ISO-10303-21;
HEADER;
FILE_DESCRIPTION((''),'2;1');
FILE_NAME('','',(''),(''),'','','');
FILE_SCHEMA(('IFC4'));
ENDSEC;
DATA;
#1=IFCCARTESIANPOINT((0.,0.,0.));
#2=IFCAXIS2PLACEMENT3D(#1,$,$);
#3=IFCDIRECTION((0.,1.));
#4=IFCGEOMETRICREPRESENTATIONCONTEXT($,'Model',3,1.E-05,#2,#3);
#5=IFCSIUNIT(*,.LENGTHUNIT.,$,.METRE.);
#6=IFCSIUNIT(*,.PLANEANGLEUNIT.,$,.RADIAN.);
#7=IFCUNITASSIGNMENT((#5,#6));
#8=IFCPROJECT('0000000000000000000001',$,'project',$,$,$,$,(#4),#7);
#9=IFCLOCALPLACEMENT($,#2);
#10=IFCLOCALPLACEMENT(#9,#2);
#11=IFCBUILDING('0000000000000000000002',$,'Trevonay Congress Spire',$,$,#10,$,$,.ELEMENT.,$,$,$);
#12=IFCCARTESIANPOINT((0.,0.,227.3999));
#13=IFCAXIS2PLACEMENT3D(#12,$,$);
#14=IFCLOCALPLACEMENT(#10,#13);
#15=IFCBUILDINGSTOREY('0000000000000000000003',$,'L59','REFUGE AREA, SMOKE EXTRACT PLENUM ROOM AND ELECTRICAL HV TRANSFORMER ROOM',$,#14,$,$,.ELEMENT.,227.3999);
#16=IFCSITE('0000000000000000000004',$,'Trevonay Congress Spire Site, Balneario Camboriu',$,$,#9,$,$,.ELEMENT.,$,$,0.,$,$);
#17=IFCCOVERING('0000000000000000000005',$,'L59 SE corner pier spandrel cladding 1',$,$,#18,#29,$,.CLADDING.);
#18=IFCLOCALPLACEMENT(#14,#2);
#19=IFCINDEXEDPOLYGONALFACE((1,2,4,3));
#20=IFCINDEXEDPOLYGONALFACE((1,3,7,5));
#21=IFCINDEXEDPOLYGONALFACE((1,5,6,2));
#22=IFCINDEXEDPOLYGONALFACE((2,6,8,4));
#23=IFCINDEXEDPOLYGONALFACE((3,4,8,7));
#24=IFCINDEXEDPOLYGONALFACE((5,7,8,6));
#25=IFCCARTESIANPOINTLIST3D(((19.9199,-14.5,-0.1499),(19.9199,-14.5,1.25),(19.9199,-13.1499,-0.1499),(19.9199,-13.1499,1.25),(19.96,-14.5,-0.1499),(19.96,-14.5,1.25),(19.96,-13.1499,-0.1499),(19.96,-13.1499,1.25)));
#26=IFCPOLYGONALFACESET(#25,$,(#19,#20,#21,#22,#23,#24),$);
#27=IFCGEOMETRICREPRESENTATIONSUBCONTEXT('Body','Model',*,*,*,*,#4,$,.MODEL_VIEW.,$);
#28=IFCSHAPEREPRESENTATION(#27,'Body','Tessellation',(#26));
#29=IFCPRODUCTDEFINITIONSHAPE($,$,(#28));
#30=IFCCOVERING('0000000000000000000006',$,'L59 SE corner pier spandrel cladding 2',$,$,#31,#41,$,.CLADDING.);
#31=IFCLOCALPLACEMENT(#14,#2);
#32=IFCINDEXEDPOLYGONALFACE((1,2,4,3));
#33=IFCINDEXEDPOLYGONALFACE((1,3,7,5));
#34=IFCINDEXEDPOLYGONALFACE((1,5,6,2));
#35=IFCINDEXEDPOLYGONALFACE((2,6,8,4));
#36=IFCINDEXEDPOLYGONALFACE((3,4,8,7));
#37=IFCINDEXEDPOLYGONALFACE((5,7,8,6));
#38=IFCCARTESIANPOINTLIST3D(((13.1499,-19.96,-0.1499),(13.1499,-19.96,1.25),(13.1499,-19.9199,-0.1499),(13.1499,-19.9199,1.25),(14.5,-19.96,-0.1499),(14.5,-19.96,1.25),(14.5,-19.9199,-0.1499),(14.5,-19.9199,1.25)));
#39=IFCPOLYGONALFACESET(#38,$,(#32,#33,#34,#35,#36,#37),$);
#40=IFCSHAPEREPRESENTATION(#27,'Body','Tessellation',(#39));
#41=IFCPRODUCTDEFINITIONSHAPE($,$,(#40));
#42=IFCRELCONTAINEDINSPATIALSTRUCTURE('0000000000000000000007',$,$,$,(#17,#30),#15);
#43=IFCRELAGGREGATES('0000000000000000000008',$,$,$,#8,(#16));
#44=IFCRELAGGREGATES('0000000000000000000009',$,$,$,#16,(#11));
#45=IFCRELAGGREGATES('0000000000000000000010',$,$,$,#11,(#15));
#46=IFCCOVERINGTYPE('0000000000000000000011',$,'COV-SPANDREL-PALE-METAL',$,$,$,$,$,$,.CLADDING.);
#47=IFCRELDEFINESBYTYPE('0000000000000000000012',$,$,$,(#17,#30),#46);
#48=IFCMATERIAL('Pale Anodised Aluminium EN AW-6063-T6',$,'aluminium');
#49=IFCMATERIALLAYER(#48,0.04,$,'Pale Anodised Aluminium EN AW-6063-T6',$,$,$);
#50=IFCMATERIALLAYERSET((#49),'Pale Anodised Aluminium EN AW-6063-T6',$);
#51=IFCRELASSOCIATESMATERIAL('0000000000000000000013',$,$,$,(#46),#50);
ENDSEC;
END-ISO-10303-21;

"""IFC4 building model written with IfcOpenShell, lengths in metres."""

from ifc_helpers import new_model, si_unit, direction, frame, frame_2d, origin, place, context, subcontext, project, spatial, rectangle, extrude, material, layer, layer_set, type_object, element, save


model = new_model("IFC4")

# Units and contexts
model_context = context("Model", 3, precision=1e-05, world=origin(), true_north=direction((0.0, 1.0)))
body_context = subcontext(model_context, "Body", "Model", "MODEL_VIEW")
ifc_project = project(units=[si_unit("LENGTHUNIT", "METRE"), si_unit("PLANEANGLEUNIT", "RADIAN")], contexts=[model_context])

# Site, building, storey
site_placement = place(None, origin())
site = spatial("IfcSite", under=ifc_project, at=site_placement, Name="Trevonay Congress Spire Site, Balneario Camboriu", CompositionType="ELEMENT", RefElevation=0.0)
building_placement = place(site_placement, origin())
building = spatial("IfcBuilding", under=site, at=building_placement, Name="Trevonay Congress Spire", CompositionType="ELEMENT")
storey_placement = place(building_placement, frame((0.0, 0.0, 227.3999)))
storey = spatial("IfcBuildingStorey", under=building, at=storey_placement, Name="L59", Description="REFUGE AREA, SMOKE EXTRACT PLENUM ROOM AND ELECTRICAL HV TRANSFORMER ROOM", CompositionType="ELEMENT", Elevation=227.3999)

# Coverings
ifc_material_1 = material(Name="Pale Anodised Aluminium EN AW-6063-T6", Category="aluminium")
ifc_layer_1 = layer(ifc_material_1, 0.04, Name="Pale Anodised Aluminium EN AW-6063-T6")
ifc_layer_set_1 = layer_set([ifc_layer_1], Name="Pale Anodised Aluminium EN AW-6063-T6")
covering_type = type_object("IfcCoveringType", Name="COV-SPANDREL-PALE-METAL", PredefinedType="CLADDING", material=ifc_layer_set_1)
for number, where, z_axis, x_axis, name in (
    (1, (19.9399, -13.1499, -0.1499), (0.0, 0.0, 1.0), (0.0, -1.0, 0.0), "L59 SE corner pier spandrel cladding 1"),
    (2, (13.1499, -19.9399, -0.1499), (0.0, 0.0, 1.0), (1.0, 0.0, 0.0), "L59 SE corner pier spandrel cladding 2"),
):
    element("IfcCovering", number, at=place(storey_placement, frame(where, z_axis=z_axis, x_axis=x_axis)), inside=storey, type_object=covering_type, Name=name, PredefinedType="CLADDING", context=body_context, shape_type="SweptSolid", body=[
        extrude(rectangle(XDim=1.3501, YDim=0.04, at=frame_2d((0.675, 0.0))), origin(), (0.0, 0.0, 1.0), 1.3999),
    ])

save(model, "model.ifc")
